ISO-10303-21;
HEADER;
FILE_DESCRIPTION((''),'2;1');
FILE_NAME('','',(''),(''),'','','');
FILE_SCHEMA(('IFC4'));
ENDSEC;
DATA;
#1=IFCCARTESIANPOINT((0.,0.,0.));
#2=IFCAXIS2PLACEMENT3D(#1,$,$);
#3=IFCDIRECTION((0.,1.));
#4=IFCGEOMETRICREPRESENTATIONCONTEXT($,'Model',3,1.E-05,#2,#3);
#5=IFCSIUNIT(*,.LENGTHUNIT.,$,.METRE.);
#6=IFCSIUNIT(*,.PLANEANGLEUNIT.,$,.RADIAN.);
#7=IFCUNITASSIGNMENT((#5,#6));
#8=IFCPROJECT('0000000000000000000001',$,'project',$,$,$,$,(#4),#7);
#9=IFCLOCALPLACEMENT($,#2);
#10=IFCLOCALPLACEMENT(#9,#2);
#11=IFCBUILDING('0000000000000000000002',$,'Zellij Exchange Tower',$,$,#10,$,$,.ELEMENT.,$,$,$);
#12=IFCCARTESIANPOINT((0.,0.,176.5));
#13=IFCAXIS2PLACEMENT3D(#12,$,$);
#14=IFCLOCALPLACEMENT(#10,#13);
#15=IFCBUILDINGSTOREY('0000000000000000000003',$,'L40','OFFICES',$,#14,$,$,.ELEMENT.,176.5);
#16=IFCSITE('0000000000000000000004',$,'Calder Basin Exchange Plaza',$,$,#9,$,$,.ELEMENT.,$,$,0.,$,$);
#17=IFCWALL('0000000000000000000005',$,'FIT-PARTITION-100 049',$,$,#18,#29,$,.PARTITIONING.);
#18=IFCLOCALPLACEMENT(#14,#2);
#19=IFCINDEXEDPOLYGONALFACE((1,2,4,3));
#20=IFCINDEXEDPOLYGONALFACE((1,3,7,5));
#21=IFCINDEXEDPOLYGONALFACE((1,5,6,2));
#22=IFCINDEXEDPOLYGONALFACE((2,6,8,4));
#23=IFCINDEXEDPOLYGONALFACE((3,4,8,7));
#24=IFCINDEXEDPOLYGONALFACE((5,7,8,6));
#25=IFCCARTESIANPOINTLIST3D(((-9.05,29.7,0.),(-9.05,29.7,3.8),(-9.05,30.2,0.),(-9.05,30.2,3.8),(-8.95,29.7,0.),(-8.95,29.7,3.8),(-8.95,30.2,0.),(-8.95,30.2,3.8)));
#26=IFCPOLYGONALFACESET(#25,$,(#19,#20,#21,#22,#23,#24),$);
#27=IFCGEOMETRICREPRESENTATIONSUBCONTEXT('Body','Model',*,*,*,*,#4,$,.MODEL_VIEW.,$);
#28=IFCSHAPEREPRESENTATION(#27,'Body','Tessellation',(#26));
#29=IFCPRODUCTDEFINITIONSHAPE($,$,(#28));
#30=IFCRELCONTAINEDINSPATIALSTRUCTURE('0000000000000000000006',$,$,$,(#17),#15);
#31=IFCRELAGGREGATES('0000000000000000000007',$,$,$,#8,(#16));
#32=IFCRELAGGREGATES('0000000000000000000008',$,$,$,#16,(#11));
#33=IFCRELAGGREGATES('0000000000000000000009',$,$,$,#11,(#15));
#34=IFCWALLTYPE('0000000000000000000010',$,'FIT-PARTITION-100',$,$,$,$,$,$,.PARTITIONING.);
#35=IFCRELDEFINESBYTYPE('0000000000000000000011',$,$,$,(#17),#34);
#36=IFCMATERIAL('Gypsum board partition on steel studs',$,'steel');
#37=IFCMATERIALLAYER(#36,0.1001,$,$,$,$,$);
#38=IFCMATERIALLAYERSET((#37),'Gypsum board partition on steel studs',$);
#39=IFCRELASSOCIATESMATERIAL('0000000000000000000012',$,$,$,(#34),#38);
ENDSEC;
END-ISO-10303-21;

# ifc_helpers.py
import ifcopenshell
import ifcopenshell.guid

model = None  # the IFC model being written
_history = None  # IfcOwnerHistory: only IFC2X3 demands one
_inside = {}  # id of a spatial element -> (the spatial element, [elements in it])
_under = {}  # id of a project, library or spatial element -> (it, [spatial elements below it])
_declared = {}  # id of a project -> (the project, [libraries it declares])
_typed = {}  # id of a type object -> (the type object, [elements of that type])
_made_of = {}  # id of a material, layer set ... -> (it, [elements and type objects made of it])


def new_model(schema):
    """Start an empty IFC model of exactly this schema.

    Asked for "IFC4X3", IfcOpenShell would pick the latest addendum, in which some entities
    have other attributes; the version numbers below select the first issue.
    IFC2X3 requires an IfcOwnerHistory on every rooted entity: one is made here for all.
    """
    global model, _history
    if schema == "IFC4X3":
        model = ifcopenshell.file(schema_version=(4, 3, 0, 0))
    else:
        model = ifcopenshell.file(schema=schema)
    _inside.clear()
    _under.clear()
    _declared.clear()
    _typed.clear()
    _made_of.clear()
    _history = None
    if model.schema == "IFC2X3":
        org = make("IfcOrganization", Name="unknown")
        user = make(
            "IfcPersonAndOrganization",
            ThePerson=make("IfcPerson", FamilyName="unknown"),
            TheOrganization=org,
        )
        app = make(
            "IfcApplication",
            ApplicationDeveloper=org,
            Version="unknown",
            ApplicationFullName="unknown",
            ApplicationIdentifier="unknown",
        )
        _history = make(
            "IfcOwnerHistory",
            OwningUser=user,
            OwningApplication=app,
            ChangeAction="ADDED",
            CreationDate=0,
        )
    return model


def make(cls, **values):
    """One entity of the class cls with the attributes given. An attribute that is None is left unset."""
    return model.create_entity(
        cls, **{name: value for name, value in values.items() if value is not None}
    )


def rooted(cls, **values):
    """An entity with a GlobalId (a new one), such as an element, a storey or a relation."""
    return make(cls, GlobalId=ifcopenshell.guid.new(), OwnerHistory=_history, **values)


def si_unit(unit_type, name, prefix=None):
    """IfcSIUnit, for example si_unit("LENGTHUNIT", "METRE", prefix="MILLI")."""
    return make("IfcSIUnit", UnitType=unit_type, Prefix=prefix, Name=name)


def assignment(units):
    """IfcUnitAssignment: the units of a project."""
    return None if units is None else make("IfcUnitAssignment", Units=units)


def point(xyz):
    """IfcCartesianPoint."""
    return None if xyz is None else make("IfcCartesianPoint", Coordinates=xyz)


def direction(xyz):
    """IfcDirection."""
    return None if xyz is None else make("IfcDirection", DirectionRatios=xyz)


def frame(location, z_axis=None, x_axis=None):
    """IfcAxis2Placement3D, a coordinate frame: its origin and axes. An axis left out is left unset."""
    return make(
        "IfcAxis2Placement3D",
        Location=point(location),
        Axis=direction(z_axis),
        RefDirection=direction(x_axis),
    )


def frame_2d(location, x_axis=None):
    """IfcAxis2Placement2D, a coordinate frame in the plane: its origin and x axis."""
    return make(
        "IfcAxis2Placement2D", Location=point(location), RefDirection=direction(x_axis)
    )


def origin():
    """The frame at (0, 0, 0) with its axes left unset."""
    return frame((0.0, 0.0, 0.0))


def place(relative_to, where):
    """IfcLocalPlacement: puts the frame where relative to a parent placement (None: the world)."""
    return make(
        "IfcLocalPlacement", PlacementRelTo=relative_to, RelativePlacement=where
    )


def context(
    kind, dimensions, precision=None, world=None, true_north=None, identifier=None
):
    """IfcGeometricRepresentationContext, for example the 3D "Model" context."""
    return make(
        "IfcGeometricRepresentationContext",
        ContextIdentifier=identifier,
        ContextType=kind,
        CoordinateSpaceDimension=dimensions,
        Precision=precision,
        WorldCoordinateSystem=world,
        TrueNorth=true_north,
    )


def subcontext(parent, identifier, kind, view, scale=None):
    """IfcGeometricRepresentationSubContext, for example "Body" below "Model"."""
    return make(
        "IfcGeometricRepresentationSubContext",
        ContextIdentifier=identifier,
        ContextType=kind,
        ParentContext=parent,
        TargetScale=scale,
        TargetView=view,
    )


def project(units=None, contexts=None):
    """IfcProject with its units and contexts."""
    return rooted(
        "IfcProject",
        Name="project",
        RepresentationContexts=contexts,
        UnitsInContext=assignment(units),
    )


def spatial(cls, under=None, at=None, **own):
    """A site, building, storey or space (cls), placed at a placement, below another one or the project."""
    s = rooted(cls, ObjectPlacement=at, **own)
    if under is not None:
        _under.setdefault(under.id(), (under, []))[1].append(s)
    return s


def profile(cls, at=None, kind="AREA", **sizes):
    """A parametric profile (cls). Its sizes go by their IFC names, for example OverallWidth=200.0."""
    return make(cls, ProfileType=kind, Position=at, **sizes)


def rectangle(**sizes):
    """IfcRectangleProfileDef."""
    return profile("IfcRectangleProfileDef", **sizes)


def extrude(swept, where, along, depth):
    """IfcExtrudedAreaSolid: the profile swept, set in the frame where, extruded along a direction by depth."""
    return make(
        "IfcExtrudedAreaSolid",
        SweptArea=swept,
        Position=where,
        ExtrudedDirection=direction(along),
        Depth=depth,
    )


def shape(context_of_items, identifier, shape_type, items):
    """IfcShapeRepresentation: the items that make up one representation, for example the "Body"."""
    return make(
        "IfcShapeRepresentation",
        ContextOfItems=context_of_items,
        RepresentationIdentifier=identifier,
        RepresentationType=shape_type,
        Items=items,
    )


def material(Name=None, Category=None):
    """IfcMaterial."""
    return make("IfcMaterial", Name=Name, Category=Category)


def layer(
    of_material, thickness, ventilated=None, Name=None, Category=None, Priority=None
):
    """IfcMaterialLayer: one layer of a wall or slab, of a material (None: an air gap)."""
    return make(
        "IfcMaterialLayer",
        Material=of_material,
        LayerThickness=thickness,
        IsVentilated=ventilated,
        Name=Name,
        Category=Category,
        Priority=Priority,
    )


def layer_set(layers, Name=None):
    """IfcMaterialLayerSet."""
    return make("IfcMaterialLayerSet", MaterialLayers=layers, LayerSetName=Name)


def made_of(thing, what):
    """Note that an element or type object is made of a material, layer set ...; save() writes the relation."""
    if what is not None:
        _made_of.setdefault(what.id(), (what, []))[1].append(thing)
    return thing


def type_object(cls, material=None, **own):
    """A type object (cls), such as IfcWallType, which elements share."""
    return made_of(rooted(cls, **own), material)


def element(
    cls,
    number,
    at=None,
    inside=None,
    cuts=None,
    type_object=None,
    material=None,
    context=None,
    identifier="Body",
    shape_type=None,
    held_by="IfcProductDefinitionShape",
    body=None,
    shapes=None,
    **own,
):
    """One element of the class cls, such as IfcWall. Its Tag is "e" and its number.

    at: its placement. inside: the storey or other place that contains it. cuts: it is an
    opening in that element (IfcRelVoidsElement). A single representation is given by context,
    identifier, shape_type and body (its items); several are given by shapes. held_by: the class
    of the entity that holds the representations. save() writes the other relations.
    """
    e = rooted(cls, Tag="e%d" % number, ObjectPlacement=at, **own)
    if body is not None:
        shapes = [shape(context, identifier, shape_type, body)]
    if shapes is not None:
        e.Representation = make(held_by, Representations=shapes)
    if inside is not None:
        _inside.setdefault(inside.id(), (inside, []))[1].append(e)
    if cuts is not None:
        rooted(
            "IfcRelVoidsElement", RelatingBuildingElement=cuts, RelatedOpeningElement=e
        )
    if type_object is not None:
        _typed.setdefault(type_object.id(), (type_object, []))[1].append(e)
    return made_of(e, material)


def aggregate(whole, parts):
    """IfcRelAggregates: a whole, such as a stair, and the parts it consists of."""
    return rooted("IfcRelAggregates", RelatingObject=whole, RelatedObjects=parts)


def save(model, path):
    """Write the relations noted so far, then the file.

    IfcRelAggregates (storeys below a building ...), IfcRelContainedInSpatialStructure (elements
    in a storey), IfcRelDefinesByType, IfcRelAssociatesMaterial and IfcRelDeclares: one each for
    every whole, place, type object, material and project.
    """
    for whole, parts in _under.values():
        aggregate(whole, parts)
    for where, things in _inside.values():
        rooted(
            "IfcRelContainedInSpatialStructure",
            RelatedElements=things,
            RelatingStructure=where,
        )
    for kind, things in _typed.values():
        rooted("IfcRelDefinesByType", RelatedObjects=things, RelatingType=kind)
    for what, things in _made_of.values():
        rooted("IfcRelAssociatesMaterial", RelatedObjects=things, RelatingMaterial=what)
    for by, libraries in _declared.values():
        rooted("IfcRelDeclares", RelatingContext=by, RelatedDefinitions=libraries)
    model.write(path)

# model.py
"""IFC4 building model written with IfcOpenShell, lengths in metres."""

from ifc_helpers import new_model, si_unit, direction, frame, frame_2d, origin, place, context, subcontext, project, spatial, rectangle, extrude, material, layer, layer_set, type_object, element, save


model = new_model("IFC4")

# Units and contexts
model_context = context("Model", 3, precision=1e-05, world=origin(), true_north=direction((0.0, 1.0)))
body_context = subcontext(model_context, "Body", "Model", "MODEL_VIEW")
ifc_project = project(units=[si_unit("LENGTHUNIT", "METRE"), si_unit("PLANEANGLEUNIT", "RADIAN")], contexts=[model_context])

# Site, building, storey
site_placement = place(None, origin())
site = spatial("IfcSite", under=ifc_project, at=site_placement, Name="Calder Basin Exchange Plaza", CompositionType="ELEMENT", RefElevation=0.0)
building_placement = place(site_placement, origin())
building = spatial("IfcBuilding", under=site, at=building_placement, Name="Zellij Exchange Tower", CompositionType="ELEMENT")
storey_placement = place(building_placement, frame((0.0, 0.0, 176.5)))
storey = spatial("IfcBuildingStorey", under=building, at=storey_placement, Name="L40", Description="OFFICES", CompositionType="ELEMENT", Elevation=176.5)

# Shared definitions
ifc_material_1 = material(Name="Gypsum board partition on steel studs", Category="steel")
ifc_layer = layer(ifc_material_1, 0.1001)
ifc_layer_set = layer_set([ifc_layer], Name="Gypsum board partition on steel studs")
wall_type = type_object("IfcWallType", Name="FIT-PARTITION-100", PredefinedType="PARTITIONING", material=ifc_layer_set)

# Wall
wall_1_placement = place(storey_placement, frame((-9.0, 29.7, 0.0), z_axis=(0.0, 0.0, 1.0), x_axis=(0.0, 1.0, 0.0)))
element("IfcWall", 1, at=wall_1_placement, inside=storey, type_object=wall_type, Name="FIT-PARTITION-100 049", PredefinedType="PARTITIONING", context=body_context, shape_type="SweptSolid", body=[
    extrude(rectangle(XDim=0.5, YDim=0.1001, at=frame_2d((0.25, 0.0))), origin(), (0.0, 0.0, 1.0), 3.8),
])

save(model, "model.ifc")
